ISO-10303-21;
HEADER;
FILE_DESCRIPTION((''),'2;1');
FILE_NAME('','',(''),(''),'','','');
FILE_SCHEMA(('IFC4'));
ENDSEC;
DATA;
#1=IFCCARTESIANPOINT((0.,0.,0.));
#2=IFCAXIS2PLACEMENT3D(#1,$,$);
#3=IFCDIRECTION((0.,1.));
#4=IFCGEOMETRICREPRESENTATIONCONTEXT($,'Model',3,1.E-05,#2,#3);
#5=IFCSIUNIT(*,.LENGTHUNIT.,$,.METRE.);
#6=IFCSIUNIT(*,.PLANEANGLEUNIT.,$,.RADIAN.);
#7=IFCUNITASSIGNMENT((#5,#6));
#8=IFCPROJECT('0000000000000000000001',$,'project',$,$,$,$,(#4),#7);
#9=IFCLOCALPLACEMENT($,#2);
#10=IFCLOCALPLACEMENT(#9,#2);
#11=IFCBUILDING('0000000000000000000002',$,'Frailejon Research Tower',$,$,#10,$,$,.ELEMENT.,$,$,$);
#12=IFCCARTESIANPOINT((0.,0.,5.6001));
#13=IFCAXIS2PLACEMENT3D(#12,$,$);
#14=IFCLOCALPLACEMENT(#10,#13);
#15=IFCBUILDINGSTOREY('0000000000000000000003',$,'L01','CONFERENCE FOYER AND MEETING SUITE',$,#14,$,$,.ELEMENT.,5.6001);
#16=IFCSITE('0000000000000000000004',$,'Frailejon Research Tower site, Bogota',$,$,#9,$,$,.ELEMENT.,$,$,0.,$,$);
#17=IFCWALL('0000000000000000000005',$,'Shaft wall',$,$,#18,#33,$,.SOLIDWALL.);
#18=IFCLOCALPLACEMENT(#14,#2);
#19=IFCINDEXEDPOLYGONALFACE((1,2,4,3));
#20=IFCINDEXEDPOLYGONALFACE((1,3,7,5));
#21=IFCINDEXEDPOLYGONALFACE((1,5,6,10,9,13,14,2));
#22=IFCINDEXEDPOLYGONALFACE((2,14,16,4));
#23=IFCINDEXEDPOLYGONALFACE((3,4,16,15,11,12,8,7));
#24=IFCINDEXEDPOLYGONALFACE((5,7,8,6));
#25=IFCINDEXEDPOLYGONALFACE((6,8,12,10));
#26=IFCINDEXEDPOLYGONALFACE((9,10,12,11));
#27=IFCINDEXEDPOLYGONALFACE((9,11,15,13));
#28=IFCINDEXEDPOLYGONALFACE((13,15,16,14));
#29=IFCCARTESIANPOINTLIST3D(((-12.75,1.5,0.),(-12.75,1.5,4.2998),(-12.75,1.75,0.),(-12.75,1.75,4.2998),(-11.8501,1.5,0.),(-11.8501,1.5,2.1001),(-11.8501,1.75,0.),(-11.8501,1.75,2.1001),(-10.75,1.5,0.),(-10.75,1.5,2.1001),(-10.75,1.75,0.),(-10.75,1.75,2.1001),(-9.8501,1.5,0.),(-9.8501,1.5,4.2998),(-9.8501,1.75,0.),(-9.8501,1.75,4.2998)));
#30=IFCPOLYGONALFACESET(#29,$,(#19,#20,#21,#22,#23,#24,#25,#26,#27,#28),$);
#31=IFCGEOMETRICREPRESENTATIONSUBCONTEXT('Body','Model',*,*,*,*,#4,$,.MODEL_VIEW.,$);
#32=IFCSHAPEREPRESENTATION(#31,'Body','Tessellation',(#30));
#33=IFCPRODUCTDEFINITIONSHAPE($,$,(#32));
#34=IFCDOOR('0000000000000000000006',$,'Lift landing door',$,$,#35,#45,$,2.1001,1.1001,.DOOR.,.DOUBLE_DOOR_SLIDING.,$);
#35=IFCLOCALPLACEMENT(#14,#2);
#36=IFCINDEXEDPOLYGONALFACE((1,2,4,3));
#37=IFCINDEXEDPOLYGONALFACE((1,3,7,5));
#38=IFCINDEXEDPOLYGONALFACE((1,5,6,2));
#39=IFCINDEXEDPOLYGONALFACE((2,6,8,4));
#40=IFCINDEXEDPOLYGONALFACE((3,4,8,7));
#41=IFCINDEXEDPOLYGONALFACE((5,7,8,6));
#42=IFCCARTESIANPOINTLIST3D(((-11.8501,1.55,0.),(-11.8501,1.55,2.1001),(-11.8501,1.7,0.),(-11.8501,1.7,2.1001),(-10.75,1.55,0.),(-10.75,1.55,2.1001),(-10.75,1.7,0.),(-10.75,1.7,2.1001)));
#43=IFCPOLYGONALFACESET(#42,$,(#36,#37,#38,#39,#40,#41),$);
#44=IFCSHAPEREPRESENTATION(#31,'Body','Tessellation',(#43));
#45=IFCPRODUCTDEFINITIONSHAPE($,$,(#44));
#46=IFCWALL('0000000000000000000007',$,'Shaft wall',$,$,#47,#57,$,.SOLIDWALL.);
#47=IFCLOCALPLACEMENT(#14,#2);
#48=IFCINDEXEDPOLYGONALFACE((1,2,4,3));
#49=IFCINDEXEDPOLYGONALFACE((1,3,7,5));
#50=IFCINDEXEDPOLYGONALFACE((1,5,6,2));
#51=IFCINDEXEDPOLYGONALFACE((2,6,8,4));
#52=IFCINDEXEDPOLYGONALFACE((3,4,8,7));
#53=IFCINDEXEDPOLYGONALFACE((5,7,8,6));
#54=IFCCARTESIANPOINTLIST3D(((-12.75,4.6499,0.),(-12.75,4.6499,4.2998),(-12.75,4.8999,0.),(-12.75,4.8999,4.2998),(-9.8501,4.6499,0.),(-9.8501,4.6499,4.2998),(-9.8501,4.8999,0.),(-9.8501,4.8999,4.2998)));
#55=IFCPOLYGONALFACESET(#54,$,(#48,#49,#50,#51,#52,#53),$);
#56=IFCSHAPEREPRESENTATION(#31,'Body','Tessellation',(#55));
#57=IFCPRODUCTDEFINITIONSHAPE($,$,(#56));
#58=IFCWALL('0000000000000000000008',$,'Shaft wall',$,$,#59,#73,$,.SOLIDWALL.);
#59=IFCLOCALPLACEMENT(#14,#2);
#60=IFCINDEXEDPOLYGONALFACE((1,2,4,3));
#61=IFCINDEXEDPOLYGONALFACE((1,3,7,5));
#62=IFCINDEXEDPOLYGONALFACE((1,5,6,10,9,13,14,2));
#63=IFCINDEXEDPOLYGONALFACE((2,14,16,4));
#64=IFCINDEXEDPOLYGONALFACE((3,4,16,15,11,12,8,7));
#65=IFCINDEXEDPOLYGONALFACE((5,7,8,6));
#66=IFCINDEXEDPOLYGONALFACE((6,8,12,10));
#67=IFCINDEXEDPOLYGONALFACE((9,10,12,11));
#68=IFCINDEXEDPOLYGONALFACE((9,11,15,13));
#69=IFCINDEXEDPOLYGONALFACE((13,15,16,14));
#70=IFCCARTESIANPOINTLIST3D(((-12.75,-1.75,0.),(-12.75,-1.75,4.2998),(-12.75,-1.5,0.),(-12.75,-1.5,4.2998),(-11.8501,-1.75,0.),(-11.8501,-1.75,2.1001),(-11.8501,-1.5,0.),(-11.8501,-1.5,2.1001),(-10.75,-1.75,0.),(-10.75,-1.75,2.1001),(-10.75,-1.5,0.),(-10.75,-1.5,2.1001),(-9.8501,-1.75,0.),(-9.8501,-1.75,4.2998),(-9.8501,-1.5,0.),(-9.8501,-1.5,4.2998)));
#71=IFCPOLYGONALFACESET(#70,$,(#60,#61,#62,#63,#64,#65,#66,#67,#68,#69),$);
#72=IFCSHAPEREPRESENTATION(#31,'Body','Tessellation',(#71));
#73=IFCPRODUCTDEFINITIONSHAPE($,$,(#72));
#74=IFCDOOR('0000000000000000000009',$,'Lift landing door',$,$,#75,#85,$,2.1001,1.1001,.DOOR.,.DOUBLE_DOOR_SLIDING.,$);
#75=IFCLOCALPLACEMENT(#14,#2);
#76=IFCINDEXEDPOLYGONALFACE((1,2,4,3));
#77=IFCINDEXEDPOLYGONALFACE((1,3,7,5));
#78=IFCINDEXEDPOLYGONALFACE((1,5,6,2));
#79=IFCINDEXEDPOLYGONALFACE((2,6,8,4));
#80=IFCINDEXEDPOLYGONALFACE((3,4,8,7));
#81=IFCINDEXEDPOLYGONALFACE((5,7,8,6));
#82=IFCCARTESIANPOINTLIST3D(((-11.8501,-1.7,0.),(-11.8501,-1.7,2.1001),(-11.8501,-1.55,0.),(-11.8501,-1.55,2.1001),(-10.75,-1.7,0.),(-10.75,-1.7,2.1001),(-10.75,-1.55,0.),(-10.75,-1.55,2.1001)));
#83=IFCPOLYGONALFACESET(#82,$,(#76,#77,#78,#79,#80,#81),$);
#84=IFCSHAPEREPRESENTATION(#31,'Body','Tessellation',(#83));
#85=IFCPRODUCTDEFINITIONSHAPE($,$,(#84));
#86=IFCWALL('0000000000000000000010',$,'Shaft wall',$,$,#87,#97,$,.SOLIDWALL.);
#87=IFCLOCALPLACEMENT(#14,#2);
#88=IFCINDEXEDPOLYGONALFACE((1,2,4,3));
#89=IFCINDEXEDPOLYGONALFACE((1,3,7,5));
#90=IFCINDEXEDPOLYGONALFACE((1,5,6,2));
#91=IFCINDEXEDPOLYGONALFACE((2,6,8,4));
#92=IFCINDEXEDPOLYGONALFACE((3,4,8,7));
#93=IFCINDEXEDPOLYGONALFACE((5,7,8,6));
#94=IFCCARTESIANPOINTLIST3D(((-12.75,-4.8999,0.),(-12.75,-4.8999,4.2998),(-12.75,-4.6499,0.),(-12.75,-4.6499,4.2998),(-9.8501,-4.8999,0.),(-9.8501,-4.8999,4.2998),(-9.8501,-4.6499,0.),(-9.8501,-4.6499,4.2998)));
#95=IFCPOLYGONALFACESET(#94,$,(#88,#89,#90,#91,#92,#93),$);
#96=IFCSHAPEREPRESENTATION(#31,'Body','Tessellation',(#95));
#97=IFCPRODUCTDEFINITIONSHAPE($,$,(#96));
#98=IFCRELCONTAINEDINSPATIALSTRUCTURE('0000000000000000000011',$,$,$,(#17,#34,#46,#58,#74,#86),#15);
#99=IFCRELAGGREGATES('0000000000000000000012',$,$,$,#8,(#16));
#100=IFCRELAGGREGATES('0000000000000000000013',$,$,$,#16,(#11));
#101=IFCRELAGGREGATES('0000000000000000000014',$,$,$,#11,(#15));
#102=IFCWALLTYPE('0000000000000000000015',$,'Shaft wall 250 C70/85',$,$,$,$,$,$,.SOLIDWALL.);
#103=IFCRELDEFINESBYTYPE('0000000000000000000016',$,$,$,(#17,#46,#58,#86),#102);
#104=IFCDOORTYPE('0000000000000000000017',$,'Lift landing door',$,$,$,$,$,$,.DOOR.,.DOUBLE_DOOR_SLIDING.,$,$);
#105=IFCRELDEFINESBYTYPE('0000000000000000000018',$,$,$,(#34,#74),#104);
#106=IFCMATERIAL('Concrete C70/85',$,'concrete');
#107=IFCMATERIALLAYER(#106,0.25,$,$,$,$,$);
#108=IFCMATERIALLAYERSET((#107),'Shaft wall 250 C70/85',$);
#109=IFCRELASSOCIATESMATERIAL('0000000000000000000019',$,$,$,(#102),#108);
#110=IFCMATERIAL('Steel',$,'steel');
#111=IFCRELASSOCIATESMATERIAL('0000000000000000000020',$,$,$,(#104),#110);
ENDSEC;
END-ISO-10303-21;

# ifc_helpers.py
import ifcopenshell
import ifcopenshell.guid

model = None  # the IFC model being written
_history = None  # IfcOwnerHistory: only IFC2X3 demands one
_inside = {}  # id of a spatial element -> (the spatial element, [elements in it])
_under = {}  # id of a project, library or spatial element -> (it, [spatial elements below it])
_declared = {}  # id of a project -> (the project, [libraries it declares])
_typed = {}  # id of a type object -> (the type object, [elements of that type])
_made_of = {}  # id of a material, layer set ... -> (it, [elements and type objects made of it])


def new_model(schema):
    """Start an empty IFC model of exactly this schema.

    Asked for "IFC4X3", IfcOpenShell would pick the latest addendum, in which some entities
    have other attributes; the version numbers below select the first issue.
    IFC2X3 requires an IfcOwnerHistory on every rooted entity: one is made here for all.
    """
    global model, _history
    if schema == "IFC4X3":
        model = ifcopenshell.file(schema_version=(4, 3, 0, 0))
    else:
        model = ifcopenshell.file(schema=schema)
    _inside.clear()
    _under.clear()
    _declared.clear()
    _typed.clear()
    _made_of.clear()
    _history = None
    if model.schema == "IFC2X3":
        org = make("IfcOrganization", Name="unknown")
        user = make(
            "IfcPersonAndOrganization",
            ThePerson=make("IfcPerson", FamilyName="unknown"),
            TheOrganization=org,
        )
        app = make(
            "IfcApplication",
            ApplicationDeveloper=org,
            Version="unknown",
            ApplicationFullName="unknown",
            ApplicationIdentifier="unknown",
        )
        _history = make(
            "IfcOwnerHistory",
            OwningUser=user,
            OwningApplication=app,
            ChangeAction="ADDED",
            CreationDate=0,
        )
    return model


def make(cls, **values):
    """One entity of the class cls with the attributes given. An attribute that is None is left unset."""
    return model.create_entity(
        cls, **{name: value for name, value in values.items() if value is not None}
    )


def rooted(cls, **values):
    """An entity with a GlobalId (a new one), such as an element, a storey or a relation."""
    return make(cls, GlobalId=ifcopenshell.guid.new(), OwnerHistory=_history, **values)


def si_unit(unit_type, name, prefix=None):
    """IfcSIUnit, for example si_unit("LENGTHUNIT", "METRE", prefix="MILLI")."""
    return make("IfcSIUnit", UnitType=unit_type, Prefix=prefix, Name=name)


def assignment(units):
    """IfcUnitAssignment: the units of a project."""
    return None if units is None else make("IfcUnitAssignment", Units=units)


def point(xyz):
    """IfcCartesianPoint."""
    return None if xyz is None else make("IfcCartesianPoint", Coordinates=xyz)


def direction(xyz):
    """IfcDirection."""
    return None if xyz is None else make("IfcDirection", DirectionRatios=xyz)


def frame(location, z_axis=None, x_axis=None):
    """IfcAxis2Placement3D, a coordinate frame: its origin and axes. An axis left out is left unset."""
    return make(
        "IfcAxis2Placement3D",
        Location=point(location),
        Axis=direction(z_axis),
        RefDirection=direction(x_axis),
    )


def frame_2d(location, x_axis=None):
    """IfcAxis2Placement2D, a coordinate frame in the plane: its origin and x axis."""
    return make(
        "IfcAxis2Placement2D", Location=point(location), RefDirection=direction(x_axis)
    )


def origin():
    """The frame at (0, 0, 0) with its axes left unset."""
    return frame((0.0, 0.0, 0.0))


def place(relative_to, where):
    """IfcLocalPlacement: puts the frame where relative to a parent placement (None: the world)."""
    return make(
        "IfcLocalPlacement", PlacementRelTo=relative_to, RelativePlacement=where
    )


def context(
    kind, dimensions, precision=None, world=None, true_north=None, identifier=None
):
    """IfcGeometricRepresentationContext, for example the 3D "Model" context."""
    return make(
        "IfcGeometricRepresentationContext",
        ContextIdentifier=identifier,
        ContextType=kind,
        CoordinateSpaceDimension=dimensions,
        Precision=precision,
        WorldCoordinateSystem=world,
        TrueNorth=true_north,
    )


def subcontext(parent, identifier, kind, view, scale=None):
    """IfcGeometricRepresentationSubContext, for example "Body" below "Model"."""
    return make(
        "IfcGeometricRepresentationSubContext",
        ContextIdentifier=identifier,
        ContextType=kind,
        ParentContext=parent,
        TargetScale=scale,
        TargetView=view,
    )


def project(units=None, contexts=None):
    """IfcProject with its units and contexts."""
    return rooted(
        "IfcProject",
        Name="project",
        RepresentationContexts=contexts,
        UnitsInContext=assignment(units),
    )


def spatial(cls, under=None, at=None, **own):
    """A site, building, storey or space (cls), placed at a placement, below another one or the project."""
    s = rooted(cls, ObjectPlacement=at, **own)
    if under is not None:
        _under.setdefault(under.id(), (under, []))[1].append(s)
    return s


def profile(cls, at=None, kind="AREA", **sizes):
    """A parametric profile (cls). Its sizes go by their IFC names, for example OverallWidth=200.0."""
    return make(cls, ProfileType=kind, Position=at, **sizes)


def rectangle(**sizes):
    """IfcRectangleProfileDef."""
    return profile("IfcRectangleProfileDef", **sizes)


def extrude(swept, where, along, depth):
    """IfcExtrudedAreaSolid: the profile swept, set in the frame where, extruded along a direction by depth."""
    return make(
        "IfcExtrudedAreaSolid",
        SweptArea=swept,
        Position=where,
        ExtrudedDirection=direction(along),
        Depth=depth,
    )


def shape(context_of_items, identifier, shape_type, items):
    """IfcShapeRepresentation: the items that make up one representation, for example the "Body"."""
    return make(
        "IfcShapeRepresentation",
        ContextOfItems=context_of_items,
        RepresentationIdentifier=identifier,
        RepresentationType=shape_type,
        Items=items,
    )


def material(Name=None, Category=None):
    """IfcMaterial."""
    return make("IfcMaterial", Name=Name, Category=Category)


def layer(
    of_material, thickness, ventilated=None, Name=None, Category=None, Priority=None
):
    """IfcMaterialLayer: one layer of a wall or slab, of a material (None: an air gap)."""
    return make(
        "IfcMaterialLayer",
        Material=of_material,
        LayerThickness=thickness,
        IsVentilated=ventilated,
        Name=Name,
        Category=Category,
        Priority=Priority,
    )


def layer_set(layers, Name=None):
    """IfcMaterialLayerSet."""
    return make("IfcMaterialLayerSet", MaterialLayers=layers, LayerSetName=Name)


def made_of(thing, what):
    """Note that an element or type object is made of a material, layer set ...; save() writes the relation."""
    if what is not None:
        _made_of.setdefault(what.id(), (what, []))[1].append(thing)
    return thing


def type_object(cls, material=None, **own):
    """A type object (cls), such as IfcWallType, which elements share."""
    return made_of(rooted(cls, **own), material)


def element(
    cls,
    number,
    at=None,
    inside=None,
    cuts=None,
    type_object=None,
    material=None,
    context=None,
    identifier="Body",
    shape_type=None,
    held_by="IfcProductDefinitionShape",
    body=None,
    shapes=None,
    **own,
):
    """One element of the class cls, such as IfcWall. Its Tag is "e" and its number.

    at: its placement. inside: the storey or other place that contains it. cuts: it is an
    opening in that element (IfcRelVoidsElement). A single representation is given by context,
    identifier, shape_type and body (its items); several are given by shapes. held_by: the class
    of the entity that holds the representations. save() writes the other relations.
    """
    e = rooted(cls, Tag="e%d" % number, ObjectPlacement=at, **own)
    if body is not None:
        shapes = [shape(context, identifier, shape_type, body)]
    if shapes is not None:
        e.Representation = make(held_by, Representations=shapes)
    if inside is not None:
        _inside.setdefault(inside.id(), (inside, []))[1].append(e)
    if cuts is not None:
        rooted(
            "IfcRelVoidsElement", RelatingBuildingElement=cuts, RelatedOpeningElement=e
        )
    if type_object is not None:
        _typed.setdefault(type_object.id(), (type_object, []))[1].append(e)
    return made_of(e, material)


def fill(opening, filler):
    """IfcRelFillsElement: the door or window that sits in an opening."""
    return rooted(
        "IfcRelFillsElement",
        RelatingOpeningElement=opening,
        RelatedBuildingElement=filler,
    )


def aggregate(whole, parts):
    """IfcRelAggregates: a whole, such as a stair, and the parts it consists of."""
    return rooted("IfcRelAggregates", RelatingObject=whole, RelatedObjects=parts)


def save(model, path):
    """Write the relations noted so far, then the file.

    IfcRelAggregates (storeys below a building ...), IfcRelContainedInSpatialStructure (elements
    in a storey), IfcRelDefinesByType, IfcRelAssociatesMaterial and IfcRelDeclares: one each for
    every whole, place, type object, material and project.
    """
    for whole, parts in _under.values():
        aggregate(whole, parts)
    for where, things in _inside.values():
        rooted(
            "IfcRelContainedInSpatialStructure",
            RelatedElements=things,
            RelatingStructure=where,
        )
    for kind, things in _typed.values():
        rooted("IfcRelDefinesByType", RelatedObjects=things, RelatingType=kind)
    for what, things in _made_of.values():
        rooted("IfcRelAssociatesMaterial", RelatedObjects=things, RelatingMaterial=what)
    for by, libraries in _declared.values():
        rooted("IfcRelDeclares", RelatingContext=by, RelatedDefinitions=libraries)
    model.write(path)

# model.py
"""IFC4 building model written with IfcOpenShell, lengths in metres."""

from ifc_helpers import new_model, si_unit, direction, frame, frame_2d, origin, place, context, subcontext, project, spatial, rectangle, extrude, material, layer, layer_set, type_object, element, fill, save


model = new_model("IFC4")

# Units and contexts
model_context = context("Model", 3, precision=1e-05, world=origin(), true_north=direction((0.0, 1.0)))
body_context = subcontext(model_context, "Body", "Model", "MODEL_VIEW")
ifc_project = project(units=[si_unit("LENGTHUNIT", "METRE"), si_unit("PLANEANGLEUNIT", "RADIAN")], contexts=[model_context])

# Site, building, storey
site_placement = place(None, origin())
site = spatial("IfcSite", under=ifc_project, at=site_placement, Name="Frailejon Research Tower site, Bogota", CompositionType="ELEMENT", RefElevation=0.0)
building_placement = place(site_placement, origin())
building = spatial("IfcBuilding", under=site, at=building_placement, Name="Frailejon Research Tower", CompositionType="ELEMENT")
storey_placement = place(building_placement, frame((0.0, 0.0, 5.6001)))
storey = spatial("IfcBuildingStorey", under=building, at=storey_placement, Name="L01", Description="CONFERENCE FOYER AND MEETING SUITE", CompositionType="ELEMENT", Elevation=5.6001)

# Wall, opening, door
ifc_material_1 = material(Name="Concrete C70/85", Category="concrete")
ifc_layer_1 = layer(ifc_material_1, 0.25)
ifc_layer_set_1 = layer_set([ifc_layer_1], Name="Shaft wall 250 C70/85")
wall_type_1 = type_object("IfcWallType", Name="Shaft wall 250 C70/85", PredefinedType="SOLIDWALL", material=ifc_layer_set_1)
wall_1_placement = place(storey_placement, frame((-12.75, 1.625, 0.0), z_axis=(0.0, 0.0, 1.0), x_axis=(1.0, 0.0, 0.0)))
wall_1 = element("IfcWall", 1, at=wall_1_placement, inside=storey, type_object=wall_type_1, Name="Shaft wall", PredefinedType="SOLIDWALL", context=body_context, shape_type="SweptSolid", body=[
    extrude(rectangle(XDim=2.8999, YDim=0.25, at=frame_2d((1.45, 0.0))), origin(), (0.0, 0.0, 1.0), 4.2998),
])
opening_1_placement = place(wall_1_placement, frame((0.8999, 0.0, 0.0)))
opening_1 = element("IfcOpeningElement", 2, at=opening_1_placement, cuts=wall_1, PredefinedType="OPENING", context=body_context, shape_type="SweptSolid", body=[
    extrude(rectangle(XDim=1.1001, YDim=2.1001, at=frame_2d((0.55, 1.05))), frame((0.0, 0.135, 0.0), z_axis=(0.0, -1.0, 0.0), x_axis=(1.0, 0.0, 0.0)), (0.0, 0.0, 1.0), 0.27),
])
ifc_material_2 = material(Name="Steel", Category="steel")
door_type_1 = type_object("IfcDoorType", Name="Lift landing door", OperationType="DOUBLE_DOOR_SLIDING", PredefinedType="DOOR", material=ifc_material_2)
door_1_placement = place(opening_1_placement, origin())
door_1 = element("IfcDoor", 3, at=door_1_placement, inside=storey, type_object=door_type_1, Name="Lift landing door", OperationType="DOUBLE_DOOR_SLIDING", OverallHeight=2.1001, OverallWidth=1.1001, PredefinedType="DOOR", context=body_context, shape_type="SweptSolid", body=[
    extrude(rectangle(XDim=1.1001, YDim=2.1001, at=frame_2d((0.55, 1.05))), frame((0.0, 0.075, 0.0), z_axis=(0.0, -1.0, 0.0), x_axis=(1.0, 0.0, 0.0)), (0.0, 0.0, 1.0), 0.1499),
])
fill(opening_1, door_1)

# Wall
wall_2_placement = place(storey_placement, frame((-12.75, 4.7749, 0.0), z_axis=(0.0, 0.0, 1.0), x_axis=(1.0, 0.0, 0.0)))
element("IfcWall", 4, at=wall_2_placement, inside=storey, type_object=wall_type_1, Name="Shaft wall", PredefinedType="SOLIDWALL", context=body_context, shape_type="SweptSolid", body=[
    extrude(rectangle(XDim=2.8999, YDim=0.25, at=frame_2d((1.45, 0.0))), origin(), (0.0, 0.0, 1.0), 4.2998),
])

# Wall, opening, door
wall_3_placement = place(storey_placement, frame((-12.75, -1.625, 0.0), z_axis=(0.0, 0.0, 1.0), x_axis=(1.0, 0.0, 0.0)))
wall_3 = element("IfcWall", 5, at=wall_3_placement, inside=storey, type_object=wall_type_1, Name="Shaft wall", PredefinedType="SOLIDWALL", context=body_context, shape_type="SweptSolid", body=[
    extrude(rectangle(XDim=2.8999, YDim=0.25, at=frame_2d((1.45, 0.0))), origin(), (0.0, 0.0, 1.0), 4.2998),
])
opening_2_placement = place(wall_3_placement, frame((0.8999, 0.0, 0.0)))
opening_2 = element("IfcOpeningElement", 6, at=opening_2_placement, cuts=wall_3, PredefinedType="OPENING", context=body_context, shape_type="SweptSolid", body=[
    extrude(rectangle(XDim=1.1001, YDim=2.1001, at=frame_2d((0.55, 1.05))), frame((0.0, 0.135, 0.0), z_axis=(0.0, -1.0, 0.0), x_axis=(1.0, 0.0, 0.0)), (0.0, 0.0, 1.0), 0.27),
])
door_2_placement = place(opening_2_placement, origin())
door_2 = element("IfcDoor", 7, at=door_2_placement, inside=storey, type_object=door_type_1, Name="Lift landing door", OperationType="DOUBLE_DOOR_SLIDING", OverallHeight=2.1001, OverallWidth=1.1001, PredefinedType="DOOR", context=body_context, shape_type="SweptSolid", body=[
    extrude(rectangle(XDim=1.1001, YDim=2.1001, at=frame_2d((0.55, 1.05))), frame((0.0, 0.075, 0.0), z_axis=(0.0, -1.0, 0.0), x_axis=(1.0, 0.0, 0.0)), (0.0, 0.0, 1.0), 0.1499),
])
fill(opening_2, door_2)

# Wall
wall_4_placement = place(storey_placement, frame((-12.75, -4.7749, 0.0), z_axis=(0.0, 0.0, 1.0), x_axis=(1.0, 0.0, 0.0)))
element("IfcWall", 8, at=wall_4_placement, inside=storey, type_object=wall_type_1, Name="Shaft wall", PredefinedType="SOLIDWALL", context=body_context, shape_type="SweptSolid", body=[
    extrude(rectangle(XDim=2.8999, YDim=0.25, at=frame_2d((1.45, 0.0))), origin(), (0.0, 0.0, 1.0), 4.2998),
])

save(model, "model.ifc")
